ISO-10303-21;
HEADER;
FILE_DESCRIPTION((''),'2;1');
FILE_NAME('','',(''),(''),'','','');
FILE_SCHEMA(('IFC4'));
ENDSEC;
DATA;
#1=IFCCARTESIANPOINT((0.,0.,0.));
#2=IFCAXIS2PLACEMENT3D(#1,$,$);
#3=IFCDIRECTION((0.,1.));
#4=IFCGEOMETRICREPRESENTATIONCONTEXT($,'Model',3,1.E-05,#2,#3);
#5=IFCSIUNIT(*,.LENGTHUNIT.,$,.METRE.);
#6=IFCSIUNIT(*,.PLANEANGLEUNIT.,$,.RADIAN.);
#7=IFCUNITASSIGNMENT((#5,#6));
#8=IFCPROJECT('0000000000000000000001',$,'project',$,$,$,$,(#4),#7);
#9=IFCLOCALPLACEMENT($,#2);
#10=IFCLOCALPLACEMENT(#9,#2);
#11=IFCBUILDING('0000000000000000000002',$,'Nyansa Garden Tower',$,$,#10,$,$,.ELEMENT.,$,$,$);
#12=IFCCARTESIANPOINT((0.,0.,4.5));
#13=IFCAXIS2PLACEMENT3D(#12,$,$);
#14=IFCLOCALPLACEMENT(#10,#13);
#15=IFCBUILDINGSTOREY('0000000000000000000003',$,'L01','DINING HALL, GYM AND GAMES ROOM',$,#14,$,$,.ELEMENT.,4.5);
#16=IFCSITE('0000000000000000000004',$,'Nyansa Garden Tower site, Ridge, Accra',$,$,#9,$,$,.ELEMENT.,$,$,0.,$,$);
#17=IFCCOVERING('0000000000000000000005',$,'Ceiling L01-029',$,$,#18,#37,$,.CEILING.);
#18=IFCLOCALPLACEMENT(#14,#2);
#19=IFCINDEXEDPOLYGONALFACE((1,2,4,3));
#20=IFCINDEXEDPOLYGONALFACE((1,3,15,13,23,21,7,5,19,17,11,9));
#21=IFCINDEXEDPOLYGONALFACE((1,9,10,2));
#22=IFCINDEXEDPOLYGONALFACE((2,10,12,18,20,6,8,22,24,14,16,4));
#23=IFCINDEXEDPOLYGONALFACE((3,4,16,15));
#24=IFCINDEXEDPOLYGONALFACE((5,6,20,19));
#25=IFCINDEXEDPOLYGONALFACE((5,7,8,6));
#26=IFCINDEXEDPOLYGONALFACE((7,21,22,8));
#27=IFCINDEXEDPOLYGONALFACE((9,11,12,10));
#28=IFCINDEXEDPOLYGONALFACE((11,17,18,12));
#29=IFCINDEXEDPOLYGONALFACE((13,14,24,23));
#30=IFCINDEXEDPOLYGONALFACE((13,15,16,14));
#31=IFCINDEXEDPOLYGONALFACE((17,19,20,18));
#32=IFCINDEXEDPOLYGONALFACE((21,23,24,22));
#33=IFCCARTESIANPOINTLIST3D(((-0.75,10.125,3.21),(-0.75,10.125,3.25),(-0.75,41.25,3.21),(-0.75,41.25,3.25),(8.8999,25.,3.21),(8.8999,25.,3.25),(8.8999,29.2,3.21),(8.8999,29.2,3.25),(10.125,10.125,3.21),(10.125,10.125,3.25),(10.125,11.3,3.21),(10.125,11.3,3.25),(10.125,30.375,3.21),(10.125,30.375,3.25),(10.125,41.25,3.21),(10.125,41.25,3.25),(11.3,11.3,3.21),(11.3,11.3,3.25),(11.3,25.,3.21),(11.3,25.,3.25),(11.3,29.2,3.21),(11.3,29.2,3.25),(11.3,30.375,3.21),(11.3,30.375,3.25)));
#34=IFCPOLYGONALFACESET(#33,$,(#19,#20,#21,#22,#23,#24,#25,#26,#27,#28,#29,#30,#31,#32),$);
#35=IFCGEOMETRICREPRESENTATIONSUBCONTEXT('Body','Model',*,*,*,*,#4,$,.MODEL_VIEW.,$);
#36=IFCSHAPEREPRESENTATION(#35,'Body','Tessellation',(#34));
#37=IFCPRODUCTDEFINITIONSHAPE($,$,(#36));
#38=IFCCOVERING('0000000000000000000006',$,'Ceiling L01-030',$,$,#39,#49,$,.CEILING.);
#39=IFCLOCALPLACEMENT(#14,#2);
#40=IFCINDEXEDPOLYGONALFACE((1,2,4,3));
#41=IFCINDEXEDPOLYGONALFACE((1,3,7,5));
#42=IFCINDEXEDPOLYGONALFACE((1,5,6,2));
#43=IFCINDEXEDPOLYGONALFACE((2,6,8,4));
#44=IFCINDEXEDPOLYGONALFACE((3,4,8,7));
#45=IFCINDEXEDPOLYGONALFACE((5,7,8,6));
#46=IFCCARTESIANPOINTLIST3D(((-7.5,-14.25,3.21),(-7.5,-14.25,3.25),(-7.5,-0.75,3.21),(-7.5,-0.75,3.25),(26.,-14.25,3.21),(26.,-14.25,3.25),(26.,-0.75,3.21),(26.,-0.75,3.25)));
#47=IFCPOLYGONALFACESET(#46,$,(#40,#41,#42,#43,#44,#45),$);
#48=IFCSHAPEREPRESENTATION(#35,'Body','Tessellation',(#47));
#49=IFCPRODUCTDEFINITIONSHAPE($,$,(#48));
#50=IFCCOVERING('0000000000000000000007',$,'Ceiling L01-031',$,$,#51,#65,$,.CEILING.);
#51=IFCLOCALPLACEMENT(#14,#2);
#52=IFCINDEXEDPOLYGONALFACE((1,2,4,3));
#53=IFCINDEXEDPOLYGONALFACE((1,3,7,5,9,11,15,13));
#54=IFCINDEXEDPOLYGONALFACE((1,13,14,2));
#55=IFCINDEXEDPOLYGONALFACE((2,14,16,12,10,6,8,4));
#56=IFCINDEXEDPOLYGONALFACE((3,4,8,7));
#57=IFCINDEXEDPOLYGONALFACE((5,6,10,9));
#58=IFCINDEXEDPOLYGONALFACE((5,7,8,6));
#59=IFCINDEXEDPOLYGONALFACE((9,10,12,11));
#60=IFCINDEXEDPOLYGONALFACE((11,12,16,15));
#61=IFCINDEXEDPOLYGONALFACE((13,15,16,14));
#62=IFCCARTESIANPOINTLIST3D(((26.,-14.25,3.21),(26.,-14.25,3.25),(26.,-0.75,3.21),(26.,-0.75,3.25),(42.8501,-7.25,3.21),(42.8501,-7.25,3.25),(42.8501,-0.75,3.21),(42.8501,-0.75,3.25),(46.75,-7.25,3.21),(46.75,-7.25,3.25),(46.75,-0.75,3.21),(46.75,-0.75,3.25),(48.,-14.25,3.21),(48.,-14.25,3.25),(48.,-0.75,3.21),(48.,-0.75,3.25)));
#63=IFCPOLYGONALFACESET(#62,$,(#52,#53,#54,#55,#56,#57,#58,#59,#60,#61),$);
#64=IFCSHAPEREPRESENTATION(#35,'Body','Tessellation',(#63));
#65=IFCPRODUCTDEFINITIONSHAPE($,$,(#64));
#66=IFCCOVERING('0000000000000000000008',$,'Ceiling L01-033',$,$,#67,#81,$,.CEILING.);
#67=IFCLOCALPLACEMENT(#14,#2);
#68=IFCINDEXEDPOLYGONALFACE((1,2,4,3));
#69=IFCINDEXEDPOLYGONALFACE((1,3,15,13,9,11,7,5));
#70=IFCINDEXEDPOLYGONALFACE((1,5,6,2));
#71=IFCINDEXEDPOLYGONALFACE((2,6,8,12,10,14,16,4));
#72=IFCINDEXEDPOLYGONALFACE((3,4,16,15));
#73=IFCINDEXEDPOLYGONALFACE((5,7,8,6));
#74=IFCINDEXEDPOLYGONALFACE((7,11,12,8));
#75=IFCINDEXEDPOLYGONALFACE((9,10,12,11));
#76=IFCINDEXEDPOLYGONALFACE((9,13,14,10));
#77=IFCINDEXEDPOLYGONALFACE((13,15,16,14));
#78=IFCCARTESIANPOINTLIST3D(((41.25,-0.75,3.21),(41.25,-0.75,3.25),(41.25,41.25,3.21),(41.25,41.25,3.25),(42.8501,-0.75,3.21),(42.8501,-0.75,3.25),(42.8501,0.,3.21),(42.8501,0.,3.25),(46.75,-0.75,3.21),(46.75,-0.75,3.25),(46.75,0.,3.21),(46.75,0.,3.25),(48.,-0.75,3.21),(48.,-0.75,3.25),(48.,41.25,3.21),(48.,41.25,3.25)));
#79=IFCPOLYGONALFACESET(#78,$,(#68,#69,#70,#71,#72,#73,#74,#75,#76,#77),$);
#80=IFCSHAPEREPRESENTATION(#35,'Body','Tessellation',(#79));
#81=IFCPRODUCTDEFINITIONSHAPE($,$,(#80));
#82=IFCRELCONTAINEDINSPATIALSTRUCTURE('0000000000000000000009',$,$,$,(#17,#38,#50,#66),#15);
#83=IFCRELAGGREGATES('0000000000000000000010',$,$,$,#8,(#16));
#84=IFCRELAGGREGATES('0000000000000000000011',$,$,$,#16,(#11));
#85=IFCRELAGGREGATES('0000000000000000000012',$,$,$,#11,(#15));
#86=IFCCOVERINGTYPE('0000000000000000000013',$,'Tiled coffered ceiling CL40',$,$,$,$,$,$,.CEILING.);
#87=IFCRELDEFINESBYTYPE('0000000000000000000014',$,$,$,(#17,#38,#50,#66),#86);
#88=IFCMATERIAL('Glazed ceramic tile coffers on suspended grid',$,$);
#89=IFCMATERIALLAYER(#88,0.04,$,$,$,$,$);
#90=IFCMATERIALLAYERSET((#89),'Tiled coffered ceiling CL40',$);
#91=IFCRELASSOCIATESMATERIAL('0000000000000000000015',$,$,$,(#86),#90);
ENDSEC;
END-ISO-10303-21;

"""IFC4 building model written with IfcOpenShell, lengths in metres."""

from ifc_helpers import new_model, si_unit, direction, frame, origin, place, context, subcontext, project, spatial, polyline, outline, extrude, material, layer, layer_set, type_object, element, save


model = new_model("IFC4")

# Units and contexts
model_context = context("Model", 3, precision=1e-05, world=origin(), true_north=direction((0.0, 1.0)))
body_context = subcontext(model_context, "Body", "Model", "MODEL_VIEW")
ifc_project = project(units=[si_unit("LENGTHUNIT", "METRE"), si_unit("PLANEANGLEUNIT", "RADIAN")], contexts=[model_context])

# Site, building, storey
site_placement = place(None, origin())
site = spatial("IfcSite", under=ifc_project, at=site_placement, Name="Nyansa Garden Tower site, Ridge, Accra", CompositionType="ELEMENT", RefElevation=0.0)
building_placement = place(site_placement, origin())
building = spatial("IfcBuilding", under=site, at=building_placement, Name="Nyansa Garden Tower", CompositionType="ELEMENT")
storey_placement = place(building_placement, frame((0.0, 0.0, 4.5)))
storey = spatial("IfcBuildingStorey", under=building, at=storey_placement, Name="L01", Description="DINING HALL, GYM AND GAMES ROOM", CompositionType="ELEMENT", Elevation=4.5)

# Coverings
ifc_material_1 = material(Name="Glazed ceramic tile coffers on suspended grid")
ifc_layer_1 = layer(ifc_material_1, 0.04)
ifc_layer_set_1 = layer_set([ifc_layer_1], Name="Tiled coffered ceiling CL40")
covering_type_1 = type_object("IfcCoveringType", Name="Tiled coffered ceiling CL40", PredefinedType="CEILING", material=ifc_layer_set_1)
covering_1_placement = place(storey_placement, frame((0.0, 0.0, 3.21)))
element("IfcCovering", 1, at=covering_1_placement, inside=storey, type_object=covering_type_1, Name="Ceiling L01-029", PredefinedType="CEILING", context=body_context, shape_type="SweptSolid", body=[
    extrude(outline(polyline([(10.125, 41.25), (10.125, 30.375), (11.3, 30.375), (11.3, 29.2), (8.8999, 29.2), (8.8999, 25.0), (11.3, 25.0), (11.3, 11.3), (10.125, 11.3), (10.125, 10.125), (-0.75, 10.125), (-0.75, 41.25), (10.125, 41.25)])), origin(), (0.0, 0.0, 1.0), 0.04),
])
covering_2_placement = place(storey_placement, frame((0.0, 0.0, 3.21)))
element("IfcCovering", 2, at=covering_2_placement, inside=storey, type_object=covering_type_1, Name="Ceiling L01-030", PredefinedType="CEILING", context=body_context, shape_type="SweptSolid", body=[
    extrude(outline(polyline([(26.0, -14.25), (-7.5, -14.25), (-7.5, -0.75), (26.0, -0.75), (26.0, -14.25)])), origin(), (0.0, 0.0, 1.0), 0.04),
])
covering_3_placement = place(storey_placement, frame((0.0, 0.0, 3.21)))
element("IfcCovering", 3, at=covering_3_placement, inside=storey, type_object=covering_type_1, Name="Ceiling L01-031", PredefinedType="CEILING", context=body_context, shape_type="SweptSolid", body=[
    extrude(outline(polyline([(42.8501, -0.75), (42.8501, -7.25), (46.75, -7.25), (46.75, -0.75), (48.0, -0.75), (48.0, -14.25), (26.0, -14.25), (26.0, -0.75), (42.8501, -0.75)])), origin(), (0.0, 0.0, 1.0), 0.04),
])
covering_4_placement = place(storey_placement, frame((0.0, 0.0, 3.21)))
element("IfcCovering", 4, at=covering_4_placement, inside=storey, type_object=covering_type_1, Name="Ceiling L01-033", PredefinedType="CEILING", context=body_context, shape_type="SweptSolid", body=[
    extrude(outline(polyline([(48.0, 41.25), (48.0, -0.75), (46.75, -0.75), (46.75, 0.0), (42.8501, 0.0), (42.8501, -0.75), (41.25, -0.75), (41.25, 41.25), (48.0, 41.25)])), origin(), (0.0, 0.0, 1.0), 0.04),
])

save(model, "model.ifc")
